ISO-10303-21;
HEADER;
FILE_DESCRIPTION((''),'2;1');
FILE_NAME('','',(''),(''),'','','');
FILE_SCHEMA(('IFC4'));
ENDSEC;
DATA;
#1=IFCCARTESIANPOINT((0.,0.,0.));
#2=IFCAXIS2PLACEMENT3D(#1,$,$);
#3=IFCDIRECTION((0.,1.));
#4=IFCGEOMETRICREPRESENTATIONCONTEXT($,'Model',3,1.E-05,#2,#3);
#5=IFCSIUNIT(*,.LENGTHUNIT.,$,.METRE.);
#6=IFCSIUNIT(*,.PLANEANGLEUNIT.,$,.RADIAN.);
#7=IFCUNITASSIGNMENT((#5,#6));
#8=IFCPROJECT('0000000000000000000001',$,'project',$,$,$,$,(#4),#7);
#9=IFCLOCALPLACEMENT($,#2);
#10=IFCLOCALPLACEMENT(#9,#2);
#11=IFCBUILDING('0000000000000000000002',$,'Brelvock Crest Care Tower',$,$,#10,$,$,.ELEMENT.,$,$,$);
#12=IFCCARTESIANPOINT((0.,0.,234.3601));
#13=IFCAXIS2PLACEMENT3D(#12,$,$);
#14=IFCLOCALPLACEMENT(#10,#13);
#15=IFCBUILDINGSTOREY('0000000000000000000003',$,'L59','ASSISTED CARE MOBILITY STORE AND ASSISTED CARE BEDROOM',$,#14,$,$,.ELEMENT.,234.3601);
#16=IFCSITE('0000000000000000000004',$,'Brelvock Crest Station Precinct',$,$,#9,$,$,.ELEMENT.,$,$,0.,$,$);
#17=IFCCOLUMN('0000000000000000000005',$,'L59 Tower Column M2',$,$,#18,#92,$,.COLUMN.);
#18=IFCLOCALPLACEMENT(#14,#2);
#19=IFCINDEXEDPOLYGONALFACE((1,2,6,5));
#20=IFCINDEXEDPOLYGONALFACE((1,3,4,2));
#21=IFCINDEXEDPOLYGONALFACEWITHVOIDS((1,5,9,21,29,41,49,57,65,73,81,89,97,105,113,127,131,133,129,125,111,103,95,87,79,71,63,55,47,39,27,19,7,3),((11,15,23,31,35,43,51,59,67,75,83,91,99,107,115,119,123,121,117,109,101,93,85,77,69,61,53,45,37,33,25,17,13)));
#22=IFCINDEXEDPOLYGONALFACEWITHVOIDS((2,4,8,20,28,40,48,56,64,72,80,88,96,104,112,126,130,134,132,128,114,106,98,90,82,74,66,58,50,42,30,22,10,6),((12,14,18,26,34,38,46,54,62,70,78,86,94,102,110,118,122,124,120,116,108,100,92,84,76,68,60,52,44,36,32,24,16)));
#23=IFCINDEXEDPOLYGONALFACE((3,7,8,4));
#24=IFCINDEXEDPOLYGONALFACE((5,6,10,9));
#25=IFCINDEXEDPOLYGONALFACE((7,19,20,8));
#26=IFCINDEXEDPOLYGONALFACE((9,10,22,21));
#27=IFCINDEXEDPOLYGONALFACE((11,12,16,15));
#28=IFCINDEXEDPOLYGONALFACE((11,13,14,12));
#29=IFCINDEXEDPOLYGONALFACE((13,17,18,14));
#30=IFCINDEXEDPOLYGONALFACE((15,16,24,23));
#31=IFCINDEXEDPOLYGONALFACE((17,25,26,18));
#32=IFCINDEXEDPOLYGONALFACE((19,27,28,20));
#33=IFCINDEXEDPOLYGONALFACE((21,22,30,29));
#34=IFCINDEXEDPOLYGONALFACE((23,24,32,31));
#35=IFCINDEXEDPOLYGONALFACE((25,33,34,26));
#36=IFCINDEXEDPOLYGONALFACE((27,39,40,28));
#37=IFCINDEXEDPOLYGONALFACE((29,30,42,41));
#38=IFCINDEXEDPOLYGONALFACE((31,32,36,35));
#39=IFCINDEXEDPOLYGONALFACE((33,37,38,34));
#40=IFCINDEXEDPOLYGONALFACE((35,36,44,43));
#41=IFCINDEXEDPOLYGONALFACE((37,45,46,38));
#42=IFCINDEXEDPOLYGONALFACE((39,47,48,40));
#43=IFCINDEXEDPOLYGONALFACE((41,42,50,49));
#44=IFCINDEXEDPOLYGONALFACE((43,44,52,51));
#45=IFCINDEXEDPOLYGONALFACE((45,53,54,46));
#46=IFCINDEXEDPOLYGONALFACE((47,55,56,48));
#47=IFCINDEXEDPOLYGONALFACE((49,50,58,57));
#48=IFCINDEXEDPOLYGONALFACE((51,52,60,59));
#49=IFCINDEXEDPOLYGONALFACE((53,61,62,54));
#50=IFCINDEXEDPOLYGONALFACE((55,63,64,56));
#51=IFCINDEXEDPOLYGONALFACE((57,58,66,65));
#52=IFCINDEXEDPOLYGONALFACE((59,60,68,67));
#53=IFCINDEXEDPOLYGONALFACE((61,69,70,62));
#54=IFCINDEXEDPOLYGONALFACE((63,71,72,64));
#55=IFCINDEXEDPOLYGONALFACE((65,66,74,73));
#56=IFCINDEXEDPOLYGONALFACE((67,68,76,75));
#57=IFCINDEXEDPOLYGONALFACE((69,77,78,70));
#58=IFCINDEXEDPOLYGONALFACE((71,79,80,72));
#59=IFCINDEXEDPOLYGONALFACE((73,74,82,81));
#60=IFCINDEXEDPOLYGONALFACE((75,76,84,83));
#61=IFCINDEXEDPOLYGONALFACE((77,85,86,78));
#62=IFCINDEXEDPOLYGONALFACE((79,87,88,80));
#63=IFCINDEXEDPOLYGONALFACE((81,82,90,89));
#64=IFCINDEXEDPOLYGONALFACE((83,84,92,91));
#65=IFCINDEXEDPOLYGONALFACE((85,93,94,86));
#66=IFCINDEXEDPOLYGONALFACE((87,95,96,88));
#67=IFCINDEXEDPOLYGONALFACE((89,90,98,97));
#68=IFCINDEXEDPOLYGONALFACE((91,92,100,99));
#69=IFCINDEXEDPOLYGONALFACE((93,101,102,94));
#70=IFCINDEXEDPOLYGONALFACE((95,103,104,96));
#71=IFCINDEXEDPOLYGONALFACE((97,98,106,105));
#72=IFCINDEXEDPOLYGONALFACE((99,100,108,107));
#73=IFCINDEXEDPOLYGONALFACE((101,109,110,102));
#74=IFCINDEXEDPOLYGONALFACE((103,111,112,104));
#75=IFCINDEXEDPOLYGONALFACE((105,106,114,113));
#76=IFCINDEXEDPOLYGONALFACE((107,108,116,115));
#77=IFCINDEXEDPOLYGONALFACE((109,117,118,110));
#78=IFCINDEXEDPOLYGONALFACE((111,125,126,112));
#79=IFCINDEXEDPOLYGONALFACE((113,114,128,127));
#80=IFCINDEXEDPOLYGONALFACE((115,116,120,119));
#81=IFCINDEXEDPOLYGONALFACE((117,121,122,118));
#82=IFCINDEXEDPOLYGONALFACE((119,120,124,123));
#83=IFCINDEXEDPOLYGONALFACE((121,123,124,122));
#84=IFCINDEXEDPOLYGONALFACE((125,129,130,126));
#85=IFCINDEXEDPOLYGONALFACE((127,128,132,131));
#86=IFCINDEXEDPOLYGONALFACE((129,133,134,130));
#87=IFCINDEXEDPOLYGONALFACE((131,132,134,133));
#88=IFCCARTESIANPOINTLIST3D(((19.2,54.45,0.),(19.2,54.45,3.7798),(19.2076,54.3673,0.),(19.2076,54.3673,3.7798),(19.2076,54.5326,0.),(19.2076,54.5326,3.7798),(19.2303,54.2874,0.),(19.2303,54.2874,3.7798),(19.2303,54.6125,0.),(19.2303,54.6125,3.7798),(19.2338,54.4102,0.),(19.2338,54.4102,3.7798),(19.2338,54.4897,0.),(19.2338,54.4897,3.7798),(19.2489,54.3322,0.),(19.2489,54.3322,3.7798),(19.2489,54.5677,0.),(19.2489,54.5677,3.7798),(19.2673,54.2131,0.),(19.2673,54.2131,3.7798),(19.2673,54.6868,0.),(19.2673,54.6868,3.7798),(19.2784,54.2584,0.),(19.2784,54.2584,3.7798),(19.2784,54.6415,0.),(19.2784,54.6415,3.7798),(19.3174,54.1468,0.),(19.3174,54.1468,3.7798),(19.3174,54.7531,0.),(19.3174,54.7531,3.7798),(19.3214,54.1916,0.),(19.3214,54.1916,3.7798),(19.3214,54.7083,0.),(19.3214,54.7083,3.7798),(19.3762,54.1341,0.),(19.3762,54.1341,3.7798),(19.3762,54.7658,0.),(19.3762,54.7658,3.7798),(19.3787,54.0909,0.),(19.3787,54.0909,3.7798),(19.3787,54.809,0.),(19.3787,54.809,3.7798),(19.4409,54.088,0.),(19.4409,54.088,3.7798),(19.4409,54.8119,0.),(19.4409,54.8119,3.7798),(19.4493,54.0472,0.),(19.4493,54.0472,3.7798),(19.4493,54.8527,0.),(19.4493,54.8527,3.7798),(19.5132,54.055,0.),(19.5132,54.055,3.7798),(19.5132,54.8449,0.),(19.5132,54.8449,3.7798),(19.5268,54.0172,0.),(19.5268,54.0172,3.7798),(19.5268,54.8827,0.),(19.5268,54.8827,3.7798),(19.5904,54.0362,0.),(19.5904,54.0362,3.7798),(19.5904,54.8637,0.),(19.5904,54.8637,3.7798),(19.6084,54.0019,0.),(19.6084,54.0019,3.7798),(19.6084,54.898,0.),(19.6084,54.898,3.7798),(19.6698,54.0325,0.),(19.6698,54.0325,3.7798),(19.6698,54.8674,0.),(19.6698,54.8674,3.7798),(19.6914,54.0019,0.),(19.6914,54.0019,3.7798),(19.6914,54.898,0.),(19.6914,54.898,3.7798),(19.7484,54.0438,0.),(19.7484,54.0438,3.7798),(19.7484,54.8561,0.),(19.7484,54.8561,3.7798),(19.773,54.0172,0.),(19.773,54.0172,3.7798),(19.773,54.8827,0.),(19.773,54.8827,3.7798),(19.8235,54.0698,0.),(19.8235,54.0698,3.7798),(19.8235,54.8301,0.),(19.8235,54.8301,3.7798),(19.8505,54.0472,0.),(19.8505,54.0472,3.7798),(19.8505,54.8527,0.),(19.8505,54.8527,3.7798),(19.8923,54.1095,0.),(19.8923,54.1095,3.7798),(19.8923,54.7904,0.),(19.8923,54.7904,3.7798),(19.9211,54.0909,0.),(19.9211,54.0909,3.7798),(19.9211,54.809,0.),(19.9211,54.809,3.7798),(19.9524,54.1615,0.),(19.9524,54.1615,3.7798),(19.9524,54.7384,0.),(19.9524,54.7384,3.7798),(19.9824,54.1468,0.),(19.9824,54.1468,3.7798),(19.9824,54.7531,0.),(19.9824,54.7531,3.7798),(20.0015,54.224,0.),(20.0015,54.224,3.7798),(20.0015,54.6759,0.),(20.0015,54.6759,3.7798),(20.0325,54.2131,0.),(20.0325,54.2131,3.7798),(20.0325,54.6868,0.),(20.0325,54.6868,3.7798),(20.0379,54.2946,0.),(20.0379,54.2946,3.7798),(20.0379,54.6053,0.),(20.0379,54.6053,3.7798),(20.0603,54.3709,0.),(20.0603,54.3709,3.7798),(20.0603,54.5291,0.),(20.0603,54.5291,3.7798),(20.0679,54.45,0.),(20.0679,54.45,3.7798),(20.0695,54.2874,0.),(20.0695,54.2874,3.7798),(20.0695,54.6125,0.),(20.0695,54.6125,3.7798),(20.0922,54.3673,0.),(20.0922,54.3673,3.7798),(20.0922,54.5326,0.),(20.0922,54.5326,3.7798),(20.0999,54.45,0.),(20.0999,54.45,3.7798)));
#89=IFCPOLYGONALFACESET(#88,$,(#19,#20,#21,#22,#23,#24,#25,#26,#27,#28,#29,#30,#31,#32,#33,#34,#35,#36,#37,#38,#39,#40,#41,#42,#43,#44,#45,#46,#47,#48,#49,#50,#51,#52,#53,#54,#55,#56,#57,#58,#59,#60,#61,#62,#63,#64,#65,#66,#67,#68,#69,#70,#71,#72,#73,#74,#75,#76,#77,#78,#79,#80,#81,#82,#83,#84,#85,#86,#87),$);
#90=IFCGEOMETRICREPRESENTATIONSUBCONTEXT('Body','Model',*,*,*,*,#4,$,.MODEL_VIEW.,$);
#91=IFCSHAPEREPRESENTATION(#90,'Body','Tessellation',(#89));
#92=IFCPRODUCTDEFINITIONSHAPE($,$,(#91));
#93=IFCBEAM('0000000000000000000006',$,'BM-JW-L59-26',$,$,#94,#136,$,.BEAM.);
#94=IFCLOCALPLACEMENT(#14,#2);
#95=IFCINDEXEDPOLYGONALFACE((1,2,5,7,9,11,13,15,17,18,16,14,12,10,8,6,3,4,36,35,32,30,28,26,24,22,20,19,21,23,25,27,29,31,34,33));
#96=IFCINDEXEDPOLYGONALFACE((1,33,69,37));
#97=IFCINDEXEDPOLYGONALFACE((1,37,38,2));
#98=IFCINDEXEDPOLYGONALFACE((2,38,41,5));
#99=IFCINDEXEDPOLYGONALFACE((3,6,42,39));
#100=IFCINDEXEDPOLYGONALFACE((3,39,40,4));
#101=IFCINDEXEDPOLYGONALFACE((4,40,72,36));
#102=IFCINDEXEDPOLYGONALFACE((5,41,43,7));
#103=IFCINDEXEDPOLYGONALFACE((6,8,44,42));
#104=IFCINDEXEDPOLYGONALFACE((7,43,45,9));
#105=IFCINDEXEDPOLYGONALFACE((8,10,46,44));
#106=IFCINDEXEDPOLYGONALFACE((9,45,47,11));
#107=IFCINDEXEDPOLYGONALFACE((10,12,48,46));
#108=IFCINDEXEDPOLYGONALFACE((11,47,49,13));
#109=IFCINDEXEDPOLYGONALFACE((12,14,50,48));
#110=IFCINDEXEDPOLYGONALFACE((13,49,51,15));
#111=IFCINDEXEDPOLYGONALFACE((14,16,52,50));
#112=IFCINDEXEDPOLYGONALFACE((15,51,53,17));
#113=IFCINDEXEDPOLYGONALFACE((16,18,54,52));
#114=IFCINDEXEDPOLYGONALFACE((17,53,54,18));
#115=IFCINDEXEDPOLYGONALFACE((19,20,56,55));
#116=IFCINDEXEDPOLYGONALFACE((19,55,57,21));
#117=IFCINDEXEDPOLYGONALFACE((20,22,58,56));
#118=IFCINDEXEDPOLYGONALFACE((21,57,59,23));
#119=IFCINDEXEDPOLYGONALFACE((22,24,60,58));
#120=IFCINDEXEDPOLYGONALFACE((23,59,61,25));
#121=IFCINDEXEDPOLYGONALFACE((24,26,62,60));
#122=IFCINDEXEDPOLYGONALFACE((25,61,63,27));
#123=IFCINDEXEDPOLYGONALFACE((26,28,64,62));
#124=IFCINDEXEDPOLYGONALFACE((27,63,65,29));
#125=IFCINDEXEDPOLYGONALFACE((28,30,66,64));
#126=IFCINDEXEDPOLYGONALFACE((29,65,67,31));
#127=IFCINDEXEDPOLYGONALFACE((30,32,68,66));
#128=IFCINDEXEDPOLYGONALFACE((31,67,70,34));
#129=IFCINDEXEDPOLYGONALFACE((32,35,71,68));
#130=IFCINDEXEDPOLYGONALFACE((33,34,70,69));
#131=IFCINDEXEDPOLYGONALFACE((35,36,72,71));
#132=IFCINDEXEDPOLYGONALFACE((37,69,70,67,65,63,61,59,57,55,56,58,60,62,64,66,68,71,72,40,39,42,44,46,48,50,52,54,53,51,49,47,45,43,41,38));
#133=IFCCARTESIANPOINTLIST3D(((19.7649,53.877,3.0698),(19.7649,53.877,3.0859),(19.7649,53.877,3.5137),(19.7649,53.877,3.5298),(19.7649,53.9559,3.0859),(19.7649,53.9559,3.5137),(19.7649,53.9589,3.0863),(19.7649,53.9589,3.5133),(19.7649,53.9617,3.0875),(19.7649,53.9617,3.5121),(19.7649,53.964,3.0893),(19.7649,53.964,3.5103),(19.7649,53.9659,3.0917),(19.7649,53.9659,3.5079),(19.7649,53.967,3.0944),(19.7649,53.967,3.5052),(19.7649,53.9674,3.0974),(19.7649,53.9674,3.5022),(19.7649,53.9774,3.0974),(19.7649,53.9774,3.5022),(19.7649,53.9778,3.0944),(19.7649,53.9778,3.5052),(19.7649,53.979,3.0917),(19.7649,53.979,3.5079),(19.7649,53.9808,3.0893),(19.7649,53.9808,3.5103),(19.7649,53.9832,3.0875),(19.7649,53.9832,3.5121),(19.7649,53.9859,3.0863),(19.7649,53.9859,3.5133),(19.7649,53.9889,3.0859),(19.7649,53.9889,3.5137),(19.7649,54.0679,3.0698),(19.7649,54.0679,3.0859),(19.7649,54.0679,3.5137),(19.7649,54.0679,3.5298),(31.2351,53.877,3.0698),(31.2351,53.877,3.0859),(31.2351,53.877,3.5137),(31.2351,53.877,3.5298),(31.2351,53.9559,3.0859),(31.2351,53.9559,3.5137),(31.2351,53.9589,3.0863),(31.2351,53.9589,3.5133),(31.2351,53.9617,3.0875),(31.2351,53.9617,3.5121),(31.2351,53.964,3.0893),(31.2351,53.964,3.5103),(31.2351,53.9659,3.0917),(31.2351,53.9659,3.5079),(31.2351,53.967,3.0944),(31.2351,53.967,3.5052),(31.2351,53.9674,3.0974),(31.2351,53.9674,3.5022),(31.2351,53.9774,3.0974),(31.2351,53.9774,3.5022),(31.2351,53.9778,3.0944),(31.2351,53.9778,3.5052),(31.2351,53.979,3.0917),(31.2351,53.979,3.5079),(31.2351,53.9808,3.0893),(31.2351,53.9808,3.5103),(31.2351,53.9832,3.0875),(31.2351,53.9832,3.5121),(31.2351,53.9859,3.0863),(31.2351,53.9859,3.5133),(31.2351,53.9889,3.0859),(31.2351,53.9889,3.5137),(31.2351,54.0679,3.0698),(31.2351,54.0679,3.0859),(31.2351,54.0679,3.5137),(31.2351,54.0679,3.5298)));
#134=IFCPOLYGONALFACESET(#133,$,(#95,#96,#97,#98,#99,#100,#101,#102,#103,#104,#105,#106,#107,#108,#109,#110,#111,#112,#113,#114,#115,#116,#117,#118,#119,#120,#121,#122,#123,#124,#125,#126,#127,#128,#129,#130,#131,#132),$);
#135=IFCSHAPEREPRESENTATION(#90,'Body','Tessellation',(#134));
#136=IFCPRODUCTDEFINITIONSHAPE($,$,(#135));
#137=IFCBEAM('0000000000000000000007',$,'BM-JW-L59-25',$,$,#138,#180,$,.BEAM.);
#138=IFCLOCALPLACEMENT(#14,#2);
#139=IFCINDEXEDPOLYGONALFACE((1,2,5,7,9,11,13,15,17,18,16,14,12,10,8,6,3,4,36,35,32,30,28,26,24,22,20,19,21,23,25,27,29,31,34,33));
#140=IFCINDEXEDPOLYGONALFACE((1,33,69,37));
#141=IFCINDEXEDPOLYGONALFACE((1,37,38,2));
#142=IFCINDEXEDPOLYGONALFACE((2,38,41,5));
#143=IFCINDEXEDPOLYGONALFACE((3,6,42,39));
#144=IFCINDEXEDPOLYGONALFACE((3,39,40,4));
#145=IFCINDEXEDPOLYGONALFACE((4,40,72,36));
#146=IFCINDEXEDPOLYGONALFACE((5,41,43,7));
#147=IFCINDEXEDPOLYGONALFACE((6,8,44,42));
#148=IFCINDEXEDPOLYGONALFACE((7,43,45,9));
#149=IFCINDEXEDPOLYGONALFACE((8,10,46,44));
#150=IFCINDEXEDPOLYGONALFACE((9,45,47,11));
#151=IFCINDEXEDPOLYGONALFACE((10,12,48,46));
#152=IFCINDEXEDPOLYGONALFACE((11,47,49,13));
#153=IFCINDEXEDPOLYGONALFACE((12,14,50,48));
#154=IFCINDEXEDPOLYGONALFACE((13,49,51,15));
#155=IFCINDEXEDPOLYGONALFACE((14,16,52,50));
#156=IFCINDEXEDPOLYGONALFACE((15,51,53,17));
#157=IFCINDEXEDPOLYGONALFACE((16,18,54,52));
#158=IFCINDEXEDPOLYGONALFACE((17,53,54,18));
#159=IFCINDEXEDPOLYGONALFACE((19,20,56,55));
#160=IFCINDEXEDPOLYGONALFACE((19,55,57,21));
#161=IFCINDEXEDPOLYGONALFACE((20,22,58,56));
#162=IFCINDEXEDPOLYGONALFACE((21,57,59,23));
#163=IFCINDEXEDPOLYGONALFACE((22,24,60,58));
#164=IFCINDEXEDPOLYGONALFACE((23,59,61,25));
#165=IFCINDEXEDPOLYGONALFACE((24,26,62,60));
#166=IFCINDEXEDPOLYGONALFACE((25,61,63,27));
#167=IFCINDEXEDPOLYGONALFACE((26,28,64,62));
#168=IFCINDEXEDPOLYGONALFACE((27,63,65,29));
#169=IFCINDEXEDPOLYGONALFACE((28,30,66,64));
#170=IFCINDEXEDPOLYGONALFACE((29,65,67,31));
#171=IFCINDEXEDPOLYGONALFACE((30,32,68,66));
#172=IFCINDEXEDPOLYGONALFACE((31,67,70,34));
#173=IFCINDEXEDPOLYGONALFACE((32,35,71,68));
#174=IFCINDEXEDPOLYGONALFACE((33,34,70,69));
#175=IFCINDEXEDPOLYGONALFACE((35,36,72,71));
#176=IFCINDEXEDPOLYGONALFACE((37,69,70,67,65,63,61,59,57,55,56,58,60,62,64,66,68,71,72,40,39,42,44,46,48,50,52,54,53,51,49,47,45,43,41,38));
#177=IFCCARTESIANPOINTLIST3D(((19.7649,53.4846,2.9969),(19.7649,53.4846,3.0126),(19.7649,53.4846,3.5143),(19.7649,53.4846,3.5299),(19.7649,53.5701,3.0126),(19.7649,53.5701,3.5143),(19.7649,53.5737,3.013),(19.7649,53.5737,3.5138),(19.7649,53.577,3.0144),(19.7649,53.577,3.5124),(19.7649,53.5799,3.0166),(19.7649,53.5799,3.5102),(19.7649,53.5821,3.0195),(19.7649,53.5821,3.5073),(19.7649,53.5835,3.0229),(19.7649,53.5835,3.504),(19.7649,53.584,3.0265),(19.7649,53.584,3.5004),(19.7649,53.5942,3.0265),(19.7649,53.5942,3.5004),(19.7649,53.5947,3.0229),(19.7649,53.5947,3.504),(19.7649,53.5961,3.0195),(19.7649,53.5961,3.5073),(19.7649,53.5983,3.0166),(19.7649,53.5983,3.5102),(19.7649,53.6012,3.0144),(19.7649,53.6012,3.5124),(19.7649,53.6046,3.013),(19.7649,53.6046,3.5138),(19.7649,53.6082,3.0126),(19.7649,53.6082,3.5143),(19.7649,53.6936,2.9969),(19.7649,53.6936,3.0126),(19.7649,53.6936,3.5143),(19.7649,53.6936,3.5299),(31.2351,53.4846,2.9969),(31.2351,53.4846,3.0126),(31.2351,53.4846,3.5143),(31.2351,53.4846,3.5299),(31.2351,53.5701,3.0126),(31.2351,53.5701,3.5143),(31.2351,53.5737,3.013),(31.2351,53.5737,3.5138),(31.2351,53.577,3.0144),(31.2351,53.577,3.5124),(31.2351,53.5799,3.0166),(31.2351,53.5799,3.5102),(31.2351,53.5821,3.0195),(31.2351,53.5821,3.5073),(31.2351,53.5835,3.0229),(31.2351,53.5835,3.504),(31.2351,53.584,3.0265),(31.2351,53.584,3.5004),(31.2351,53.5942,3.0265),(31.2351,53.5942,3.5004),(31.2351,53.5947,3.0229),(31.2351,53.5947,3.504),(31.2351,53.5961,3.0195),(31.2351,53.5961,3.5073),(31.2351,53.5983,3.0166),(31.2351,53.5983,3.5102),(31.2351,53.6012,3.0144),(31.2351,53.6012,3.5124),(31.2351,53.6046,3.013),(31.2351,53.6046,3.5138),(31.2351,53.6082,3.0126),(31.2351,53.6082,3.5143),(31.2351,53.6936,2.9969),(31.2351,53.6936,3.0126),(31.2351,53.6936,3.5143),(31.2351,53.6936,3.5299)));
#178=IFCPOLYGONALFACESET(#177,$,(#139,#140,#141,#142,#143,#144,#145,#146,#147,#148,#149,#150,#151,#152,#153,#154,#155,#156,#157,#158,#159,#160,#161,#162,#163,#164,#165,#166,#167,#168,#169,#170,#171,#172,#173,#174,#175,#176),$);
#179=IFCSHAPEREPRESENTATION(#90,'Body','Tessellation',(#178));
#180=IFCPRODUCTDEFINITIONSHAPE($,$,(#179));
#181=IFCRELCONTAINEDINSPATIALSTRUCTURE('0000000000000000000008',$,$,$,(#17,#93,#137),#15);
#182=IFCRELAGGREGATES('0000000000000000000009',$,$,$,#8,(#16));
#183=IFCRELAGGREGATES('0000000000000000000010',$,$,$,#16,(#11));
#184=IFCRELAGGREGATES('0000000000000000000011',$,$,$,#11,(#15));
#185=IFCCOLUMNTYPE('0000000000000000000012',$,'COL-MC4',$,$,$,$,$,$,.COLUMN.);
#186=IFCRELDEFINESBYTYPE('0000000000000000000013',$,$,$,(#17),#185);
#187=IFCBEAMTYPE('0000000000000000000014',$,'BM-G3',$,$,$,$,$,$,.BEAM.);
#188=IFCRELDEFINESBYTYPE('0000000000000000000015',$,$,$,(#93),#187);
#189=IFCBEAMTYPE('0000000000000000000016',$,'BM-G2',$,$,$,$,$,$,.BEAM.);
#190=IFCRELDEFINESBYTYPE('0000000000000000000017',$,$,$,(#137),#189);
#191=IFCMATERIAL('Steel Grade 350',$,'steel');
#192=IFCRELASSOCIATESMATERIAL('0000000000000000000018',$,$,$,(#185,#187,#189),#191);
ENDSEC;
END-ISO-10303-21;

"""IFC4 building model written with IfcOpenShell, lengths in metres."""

from ifc_helpers import new_model, si_unit, direction, frame, origin, origin_2d, place, context, subcontext, project, spatial, hollow_circle, i_section, extrude, source, transform, mapped, material, material_profile, profile_set, type_object, element, save


model = new_model("IFC4")

# Units and contexts
model_context = context("Model", 3, precision=1e-05, world=origin(), true_north=direction((0.0, 1.0)))
body_context = subcontext(model_context, "Body", "Model", "MODEL_VIEW")
ifc_project = project(units=[si_unit("LENGTHUNIT", "METRE"), si_unit("PLANEANGLEUNIT", "RADIAN")], contexts=[model_context])

# Site, building, storey
site_placement = place(None, origin())
site = spatial("IfcSite", under=ifc_project, at=site_placement, Name="Brelvock Crest Station Precinct", CompositionType="ELEMENT", RefElevation=0.0)
building_placement = place(site_placement, origin())
building = spatial("IfcBuilding", under=site, at=building_placement, Name="Brelvock Crest Care Tower", CompositionType="ELEMENT")
storey_placement = place(building_placement, frame((0.0, 0.0, 234.3601)))
storey = spatial("IfcBuildingStorey", under=building, at=storey_placement, Name="L59", Description="ASSISTED CARE MOBILITY STORE AND ASSISTED CARE BEDROOM", CompositionType="ELEMENT", Elevation=234.3601)

# Column
ifc_material_1 = material(Name="Steel Grade 350", Category="steel")
ifc_material_profile_1 = material_profile(ifc_material_1, hollow_circle(Radius=0.45, WallThickness=0.032, at=origin_2d()), Name="CFT900x32")
ifc_profile_set_1 = profile_set([ifc_material_profile_1], Name="Steel Grade 350")
column_type = type_object("IfcColumnType", Name="COL-MC4", PredefinedType="COLUMN", material=ifc_profile_set_1)
shared_shape_1 = source(origin(), body_context, "Body", "SweptSolid", [
    extrude(hollow_circle(Radius=0.45, WallThickness=0.032, at=origin_2d()), origin(), (0.0, 0.0, 1.0), 3.7798),
])
column_placement = place(storey_placement, frame((19.6499, 54.45, 0.0), z_axis=(0.0, 0.0, 1.0), x_axis=(1.0, 0.0, 0.0)))
element("IfcColumn", 1, at=column_placement, inside=storey, type_object=column_type, Name="L59 Tower Column M2", PredefinedType="COLUMN", context=body_context, shape_type="MappedRepresentation", body=[
    mapped(shared_shape_1, transform((0.0, 0.0, 0.0), x_axis=(1.0, 0.0, 0.0), y_axis=(0.0, 1.0, 0.0), z_axis=(0.0, 0.0, 1.0), scale=1.0)),
])

# Beams
ifc_material_profile_2 = material_profile(ifc_material_1, i_section(OverallWidth=0.1909, OverallDepth=0.46, WebThickness=0.01, FlangeThickness=0.0161, FilletRadius=0.0115, at=origin_2d()), Name="460UB82.1")
ifc_profile_set_2 = profile_set([ifc_material_profile_2], Name="Steel Grade 350")
beam_type_1 = type_object("IfcBeamType", Name="BM-G3", PredefinedType="BEAM", material=ifc_profile_set_2)
shared_shape_2 = source(origin(), body_context, "Body", "SweptSolid", [
    extrude(i_section(OverallWidth=0.1909, OverallDepth=0.46, WebThickness=0.01, FlangeThickness=0.0161, FilletRadius=0.0115, at=origin_2d()), origin(), (0.0, 0.0, 1.0), 11.4702),
])
beam_1_placement = place(storey_placement, frame((19.7649, 53.9724, 3.2998), z_axis=(1.0, 0.0, 0.0), x_axis=(0.0, 1.0, 0.0)))
element("IfcBeam", 2, at=beam_1_placement, inside=storey, type_object=beam_type_1, Name="BM-JW-L59-26", PredefinedType="BEAM", context=body_context, shape_type="MappedRepresentation", body=[
    mapped(shared_shape_2, transform((0.0, 0.0, 0.0), x_axis=(1.0, 0.0, 0.0), y_axis=(0.0, 1.0, 0.0), z_axis=(0.0, 0.0, 1.0), scale=1.0)),
])
ifc_material_profile_3 = material_profile(ifc_material_1, i_section(OverallWidth=0.209, OverallDepth=0.533, WebThickness=0.0103, FlangeThickness=0.0156, FilletRadius=0.0139, at=origin_2d()), Name="530UB92.4")
ifc_profile_set_3 = profile_set([ifc_material_profile_3], Name="Steel Grade 350")
beam_type_2 = type_object("IfcBeamType", Name="BM-G2", PredefinedType="BEAM", material=ifc_profile_set_3)
shared_shape_3 = source(origin(), body_context, "Body", "SweptSolid", [
    extrude(i_section(OverallWidth=0.209, OverallDepth=0.533, WebThickness=0.0103, FlangeThickness=0.0156, FilletRadius=0.0139, at=origin_2d()), origin(), (0.0, 0.0, 1.0), 11.4702),
])
beam_2_placement = place(storey_placement, frame((19.7649, 53.5891, 3.2634), z_axis=(1.0, 0.0, 0.0), x_axis=(0.0, 1.0, 0.0)))
element("IfcBeam", 3, at=beam_2_placement, inside=storey, type_object=beam_type_2, Name="BM-JW-L59-25", PredefinedType="BEAM", context=body_context, shape_type="MappedRepresentation", body=[
    mapped(shared_shape_3, transform((0.0, 0.0, 0.0), x_axis=(1.0, 0.0, 0.0), y_axis=(0.0, 1.0, 0.0), z_axis=(0.0, 0.0, 1.0), scale=1.0)),
])

save(model, "model.ifc")
